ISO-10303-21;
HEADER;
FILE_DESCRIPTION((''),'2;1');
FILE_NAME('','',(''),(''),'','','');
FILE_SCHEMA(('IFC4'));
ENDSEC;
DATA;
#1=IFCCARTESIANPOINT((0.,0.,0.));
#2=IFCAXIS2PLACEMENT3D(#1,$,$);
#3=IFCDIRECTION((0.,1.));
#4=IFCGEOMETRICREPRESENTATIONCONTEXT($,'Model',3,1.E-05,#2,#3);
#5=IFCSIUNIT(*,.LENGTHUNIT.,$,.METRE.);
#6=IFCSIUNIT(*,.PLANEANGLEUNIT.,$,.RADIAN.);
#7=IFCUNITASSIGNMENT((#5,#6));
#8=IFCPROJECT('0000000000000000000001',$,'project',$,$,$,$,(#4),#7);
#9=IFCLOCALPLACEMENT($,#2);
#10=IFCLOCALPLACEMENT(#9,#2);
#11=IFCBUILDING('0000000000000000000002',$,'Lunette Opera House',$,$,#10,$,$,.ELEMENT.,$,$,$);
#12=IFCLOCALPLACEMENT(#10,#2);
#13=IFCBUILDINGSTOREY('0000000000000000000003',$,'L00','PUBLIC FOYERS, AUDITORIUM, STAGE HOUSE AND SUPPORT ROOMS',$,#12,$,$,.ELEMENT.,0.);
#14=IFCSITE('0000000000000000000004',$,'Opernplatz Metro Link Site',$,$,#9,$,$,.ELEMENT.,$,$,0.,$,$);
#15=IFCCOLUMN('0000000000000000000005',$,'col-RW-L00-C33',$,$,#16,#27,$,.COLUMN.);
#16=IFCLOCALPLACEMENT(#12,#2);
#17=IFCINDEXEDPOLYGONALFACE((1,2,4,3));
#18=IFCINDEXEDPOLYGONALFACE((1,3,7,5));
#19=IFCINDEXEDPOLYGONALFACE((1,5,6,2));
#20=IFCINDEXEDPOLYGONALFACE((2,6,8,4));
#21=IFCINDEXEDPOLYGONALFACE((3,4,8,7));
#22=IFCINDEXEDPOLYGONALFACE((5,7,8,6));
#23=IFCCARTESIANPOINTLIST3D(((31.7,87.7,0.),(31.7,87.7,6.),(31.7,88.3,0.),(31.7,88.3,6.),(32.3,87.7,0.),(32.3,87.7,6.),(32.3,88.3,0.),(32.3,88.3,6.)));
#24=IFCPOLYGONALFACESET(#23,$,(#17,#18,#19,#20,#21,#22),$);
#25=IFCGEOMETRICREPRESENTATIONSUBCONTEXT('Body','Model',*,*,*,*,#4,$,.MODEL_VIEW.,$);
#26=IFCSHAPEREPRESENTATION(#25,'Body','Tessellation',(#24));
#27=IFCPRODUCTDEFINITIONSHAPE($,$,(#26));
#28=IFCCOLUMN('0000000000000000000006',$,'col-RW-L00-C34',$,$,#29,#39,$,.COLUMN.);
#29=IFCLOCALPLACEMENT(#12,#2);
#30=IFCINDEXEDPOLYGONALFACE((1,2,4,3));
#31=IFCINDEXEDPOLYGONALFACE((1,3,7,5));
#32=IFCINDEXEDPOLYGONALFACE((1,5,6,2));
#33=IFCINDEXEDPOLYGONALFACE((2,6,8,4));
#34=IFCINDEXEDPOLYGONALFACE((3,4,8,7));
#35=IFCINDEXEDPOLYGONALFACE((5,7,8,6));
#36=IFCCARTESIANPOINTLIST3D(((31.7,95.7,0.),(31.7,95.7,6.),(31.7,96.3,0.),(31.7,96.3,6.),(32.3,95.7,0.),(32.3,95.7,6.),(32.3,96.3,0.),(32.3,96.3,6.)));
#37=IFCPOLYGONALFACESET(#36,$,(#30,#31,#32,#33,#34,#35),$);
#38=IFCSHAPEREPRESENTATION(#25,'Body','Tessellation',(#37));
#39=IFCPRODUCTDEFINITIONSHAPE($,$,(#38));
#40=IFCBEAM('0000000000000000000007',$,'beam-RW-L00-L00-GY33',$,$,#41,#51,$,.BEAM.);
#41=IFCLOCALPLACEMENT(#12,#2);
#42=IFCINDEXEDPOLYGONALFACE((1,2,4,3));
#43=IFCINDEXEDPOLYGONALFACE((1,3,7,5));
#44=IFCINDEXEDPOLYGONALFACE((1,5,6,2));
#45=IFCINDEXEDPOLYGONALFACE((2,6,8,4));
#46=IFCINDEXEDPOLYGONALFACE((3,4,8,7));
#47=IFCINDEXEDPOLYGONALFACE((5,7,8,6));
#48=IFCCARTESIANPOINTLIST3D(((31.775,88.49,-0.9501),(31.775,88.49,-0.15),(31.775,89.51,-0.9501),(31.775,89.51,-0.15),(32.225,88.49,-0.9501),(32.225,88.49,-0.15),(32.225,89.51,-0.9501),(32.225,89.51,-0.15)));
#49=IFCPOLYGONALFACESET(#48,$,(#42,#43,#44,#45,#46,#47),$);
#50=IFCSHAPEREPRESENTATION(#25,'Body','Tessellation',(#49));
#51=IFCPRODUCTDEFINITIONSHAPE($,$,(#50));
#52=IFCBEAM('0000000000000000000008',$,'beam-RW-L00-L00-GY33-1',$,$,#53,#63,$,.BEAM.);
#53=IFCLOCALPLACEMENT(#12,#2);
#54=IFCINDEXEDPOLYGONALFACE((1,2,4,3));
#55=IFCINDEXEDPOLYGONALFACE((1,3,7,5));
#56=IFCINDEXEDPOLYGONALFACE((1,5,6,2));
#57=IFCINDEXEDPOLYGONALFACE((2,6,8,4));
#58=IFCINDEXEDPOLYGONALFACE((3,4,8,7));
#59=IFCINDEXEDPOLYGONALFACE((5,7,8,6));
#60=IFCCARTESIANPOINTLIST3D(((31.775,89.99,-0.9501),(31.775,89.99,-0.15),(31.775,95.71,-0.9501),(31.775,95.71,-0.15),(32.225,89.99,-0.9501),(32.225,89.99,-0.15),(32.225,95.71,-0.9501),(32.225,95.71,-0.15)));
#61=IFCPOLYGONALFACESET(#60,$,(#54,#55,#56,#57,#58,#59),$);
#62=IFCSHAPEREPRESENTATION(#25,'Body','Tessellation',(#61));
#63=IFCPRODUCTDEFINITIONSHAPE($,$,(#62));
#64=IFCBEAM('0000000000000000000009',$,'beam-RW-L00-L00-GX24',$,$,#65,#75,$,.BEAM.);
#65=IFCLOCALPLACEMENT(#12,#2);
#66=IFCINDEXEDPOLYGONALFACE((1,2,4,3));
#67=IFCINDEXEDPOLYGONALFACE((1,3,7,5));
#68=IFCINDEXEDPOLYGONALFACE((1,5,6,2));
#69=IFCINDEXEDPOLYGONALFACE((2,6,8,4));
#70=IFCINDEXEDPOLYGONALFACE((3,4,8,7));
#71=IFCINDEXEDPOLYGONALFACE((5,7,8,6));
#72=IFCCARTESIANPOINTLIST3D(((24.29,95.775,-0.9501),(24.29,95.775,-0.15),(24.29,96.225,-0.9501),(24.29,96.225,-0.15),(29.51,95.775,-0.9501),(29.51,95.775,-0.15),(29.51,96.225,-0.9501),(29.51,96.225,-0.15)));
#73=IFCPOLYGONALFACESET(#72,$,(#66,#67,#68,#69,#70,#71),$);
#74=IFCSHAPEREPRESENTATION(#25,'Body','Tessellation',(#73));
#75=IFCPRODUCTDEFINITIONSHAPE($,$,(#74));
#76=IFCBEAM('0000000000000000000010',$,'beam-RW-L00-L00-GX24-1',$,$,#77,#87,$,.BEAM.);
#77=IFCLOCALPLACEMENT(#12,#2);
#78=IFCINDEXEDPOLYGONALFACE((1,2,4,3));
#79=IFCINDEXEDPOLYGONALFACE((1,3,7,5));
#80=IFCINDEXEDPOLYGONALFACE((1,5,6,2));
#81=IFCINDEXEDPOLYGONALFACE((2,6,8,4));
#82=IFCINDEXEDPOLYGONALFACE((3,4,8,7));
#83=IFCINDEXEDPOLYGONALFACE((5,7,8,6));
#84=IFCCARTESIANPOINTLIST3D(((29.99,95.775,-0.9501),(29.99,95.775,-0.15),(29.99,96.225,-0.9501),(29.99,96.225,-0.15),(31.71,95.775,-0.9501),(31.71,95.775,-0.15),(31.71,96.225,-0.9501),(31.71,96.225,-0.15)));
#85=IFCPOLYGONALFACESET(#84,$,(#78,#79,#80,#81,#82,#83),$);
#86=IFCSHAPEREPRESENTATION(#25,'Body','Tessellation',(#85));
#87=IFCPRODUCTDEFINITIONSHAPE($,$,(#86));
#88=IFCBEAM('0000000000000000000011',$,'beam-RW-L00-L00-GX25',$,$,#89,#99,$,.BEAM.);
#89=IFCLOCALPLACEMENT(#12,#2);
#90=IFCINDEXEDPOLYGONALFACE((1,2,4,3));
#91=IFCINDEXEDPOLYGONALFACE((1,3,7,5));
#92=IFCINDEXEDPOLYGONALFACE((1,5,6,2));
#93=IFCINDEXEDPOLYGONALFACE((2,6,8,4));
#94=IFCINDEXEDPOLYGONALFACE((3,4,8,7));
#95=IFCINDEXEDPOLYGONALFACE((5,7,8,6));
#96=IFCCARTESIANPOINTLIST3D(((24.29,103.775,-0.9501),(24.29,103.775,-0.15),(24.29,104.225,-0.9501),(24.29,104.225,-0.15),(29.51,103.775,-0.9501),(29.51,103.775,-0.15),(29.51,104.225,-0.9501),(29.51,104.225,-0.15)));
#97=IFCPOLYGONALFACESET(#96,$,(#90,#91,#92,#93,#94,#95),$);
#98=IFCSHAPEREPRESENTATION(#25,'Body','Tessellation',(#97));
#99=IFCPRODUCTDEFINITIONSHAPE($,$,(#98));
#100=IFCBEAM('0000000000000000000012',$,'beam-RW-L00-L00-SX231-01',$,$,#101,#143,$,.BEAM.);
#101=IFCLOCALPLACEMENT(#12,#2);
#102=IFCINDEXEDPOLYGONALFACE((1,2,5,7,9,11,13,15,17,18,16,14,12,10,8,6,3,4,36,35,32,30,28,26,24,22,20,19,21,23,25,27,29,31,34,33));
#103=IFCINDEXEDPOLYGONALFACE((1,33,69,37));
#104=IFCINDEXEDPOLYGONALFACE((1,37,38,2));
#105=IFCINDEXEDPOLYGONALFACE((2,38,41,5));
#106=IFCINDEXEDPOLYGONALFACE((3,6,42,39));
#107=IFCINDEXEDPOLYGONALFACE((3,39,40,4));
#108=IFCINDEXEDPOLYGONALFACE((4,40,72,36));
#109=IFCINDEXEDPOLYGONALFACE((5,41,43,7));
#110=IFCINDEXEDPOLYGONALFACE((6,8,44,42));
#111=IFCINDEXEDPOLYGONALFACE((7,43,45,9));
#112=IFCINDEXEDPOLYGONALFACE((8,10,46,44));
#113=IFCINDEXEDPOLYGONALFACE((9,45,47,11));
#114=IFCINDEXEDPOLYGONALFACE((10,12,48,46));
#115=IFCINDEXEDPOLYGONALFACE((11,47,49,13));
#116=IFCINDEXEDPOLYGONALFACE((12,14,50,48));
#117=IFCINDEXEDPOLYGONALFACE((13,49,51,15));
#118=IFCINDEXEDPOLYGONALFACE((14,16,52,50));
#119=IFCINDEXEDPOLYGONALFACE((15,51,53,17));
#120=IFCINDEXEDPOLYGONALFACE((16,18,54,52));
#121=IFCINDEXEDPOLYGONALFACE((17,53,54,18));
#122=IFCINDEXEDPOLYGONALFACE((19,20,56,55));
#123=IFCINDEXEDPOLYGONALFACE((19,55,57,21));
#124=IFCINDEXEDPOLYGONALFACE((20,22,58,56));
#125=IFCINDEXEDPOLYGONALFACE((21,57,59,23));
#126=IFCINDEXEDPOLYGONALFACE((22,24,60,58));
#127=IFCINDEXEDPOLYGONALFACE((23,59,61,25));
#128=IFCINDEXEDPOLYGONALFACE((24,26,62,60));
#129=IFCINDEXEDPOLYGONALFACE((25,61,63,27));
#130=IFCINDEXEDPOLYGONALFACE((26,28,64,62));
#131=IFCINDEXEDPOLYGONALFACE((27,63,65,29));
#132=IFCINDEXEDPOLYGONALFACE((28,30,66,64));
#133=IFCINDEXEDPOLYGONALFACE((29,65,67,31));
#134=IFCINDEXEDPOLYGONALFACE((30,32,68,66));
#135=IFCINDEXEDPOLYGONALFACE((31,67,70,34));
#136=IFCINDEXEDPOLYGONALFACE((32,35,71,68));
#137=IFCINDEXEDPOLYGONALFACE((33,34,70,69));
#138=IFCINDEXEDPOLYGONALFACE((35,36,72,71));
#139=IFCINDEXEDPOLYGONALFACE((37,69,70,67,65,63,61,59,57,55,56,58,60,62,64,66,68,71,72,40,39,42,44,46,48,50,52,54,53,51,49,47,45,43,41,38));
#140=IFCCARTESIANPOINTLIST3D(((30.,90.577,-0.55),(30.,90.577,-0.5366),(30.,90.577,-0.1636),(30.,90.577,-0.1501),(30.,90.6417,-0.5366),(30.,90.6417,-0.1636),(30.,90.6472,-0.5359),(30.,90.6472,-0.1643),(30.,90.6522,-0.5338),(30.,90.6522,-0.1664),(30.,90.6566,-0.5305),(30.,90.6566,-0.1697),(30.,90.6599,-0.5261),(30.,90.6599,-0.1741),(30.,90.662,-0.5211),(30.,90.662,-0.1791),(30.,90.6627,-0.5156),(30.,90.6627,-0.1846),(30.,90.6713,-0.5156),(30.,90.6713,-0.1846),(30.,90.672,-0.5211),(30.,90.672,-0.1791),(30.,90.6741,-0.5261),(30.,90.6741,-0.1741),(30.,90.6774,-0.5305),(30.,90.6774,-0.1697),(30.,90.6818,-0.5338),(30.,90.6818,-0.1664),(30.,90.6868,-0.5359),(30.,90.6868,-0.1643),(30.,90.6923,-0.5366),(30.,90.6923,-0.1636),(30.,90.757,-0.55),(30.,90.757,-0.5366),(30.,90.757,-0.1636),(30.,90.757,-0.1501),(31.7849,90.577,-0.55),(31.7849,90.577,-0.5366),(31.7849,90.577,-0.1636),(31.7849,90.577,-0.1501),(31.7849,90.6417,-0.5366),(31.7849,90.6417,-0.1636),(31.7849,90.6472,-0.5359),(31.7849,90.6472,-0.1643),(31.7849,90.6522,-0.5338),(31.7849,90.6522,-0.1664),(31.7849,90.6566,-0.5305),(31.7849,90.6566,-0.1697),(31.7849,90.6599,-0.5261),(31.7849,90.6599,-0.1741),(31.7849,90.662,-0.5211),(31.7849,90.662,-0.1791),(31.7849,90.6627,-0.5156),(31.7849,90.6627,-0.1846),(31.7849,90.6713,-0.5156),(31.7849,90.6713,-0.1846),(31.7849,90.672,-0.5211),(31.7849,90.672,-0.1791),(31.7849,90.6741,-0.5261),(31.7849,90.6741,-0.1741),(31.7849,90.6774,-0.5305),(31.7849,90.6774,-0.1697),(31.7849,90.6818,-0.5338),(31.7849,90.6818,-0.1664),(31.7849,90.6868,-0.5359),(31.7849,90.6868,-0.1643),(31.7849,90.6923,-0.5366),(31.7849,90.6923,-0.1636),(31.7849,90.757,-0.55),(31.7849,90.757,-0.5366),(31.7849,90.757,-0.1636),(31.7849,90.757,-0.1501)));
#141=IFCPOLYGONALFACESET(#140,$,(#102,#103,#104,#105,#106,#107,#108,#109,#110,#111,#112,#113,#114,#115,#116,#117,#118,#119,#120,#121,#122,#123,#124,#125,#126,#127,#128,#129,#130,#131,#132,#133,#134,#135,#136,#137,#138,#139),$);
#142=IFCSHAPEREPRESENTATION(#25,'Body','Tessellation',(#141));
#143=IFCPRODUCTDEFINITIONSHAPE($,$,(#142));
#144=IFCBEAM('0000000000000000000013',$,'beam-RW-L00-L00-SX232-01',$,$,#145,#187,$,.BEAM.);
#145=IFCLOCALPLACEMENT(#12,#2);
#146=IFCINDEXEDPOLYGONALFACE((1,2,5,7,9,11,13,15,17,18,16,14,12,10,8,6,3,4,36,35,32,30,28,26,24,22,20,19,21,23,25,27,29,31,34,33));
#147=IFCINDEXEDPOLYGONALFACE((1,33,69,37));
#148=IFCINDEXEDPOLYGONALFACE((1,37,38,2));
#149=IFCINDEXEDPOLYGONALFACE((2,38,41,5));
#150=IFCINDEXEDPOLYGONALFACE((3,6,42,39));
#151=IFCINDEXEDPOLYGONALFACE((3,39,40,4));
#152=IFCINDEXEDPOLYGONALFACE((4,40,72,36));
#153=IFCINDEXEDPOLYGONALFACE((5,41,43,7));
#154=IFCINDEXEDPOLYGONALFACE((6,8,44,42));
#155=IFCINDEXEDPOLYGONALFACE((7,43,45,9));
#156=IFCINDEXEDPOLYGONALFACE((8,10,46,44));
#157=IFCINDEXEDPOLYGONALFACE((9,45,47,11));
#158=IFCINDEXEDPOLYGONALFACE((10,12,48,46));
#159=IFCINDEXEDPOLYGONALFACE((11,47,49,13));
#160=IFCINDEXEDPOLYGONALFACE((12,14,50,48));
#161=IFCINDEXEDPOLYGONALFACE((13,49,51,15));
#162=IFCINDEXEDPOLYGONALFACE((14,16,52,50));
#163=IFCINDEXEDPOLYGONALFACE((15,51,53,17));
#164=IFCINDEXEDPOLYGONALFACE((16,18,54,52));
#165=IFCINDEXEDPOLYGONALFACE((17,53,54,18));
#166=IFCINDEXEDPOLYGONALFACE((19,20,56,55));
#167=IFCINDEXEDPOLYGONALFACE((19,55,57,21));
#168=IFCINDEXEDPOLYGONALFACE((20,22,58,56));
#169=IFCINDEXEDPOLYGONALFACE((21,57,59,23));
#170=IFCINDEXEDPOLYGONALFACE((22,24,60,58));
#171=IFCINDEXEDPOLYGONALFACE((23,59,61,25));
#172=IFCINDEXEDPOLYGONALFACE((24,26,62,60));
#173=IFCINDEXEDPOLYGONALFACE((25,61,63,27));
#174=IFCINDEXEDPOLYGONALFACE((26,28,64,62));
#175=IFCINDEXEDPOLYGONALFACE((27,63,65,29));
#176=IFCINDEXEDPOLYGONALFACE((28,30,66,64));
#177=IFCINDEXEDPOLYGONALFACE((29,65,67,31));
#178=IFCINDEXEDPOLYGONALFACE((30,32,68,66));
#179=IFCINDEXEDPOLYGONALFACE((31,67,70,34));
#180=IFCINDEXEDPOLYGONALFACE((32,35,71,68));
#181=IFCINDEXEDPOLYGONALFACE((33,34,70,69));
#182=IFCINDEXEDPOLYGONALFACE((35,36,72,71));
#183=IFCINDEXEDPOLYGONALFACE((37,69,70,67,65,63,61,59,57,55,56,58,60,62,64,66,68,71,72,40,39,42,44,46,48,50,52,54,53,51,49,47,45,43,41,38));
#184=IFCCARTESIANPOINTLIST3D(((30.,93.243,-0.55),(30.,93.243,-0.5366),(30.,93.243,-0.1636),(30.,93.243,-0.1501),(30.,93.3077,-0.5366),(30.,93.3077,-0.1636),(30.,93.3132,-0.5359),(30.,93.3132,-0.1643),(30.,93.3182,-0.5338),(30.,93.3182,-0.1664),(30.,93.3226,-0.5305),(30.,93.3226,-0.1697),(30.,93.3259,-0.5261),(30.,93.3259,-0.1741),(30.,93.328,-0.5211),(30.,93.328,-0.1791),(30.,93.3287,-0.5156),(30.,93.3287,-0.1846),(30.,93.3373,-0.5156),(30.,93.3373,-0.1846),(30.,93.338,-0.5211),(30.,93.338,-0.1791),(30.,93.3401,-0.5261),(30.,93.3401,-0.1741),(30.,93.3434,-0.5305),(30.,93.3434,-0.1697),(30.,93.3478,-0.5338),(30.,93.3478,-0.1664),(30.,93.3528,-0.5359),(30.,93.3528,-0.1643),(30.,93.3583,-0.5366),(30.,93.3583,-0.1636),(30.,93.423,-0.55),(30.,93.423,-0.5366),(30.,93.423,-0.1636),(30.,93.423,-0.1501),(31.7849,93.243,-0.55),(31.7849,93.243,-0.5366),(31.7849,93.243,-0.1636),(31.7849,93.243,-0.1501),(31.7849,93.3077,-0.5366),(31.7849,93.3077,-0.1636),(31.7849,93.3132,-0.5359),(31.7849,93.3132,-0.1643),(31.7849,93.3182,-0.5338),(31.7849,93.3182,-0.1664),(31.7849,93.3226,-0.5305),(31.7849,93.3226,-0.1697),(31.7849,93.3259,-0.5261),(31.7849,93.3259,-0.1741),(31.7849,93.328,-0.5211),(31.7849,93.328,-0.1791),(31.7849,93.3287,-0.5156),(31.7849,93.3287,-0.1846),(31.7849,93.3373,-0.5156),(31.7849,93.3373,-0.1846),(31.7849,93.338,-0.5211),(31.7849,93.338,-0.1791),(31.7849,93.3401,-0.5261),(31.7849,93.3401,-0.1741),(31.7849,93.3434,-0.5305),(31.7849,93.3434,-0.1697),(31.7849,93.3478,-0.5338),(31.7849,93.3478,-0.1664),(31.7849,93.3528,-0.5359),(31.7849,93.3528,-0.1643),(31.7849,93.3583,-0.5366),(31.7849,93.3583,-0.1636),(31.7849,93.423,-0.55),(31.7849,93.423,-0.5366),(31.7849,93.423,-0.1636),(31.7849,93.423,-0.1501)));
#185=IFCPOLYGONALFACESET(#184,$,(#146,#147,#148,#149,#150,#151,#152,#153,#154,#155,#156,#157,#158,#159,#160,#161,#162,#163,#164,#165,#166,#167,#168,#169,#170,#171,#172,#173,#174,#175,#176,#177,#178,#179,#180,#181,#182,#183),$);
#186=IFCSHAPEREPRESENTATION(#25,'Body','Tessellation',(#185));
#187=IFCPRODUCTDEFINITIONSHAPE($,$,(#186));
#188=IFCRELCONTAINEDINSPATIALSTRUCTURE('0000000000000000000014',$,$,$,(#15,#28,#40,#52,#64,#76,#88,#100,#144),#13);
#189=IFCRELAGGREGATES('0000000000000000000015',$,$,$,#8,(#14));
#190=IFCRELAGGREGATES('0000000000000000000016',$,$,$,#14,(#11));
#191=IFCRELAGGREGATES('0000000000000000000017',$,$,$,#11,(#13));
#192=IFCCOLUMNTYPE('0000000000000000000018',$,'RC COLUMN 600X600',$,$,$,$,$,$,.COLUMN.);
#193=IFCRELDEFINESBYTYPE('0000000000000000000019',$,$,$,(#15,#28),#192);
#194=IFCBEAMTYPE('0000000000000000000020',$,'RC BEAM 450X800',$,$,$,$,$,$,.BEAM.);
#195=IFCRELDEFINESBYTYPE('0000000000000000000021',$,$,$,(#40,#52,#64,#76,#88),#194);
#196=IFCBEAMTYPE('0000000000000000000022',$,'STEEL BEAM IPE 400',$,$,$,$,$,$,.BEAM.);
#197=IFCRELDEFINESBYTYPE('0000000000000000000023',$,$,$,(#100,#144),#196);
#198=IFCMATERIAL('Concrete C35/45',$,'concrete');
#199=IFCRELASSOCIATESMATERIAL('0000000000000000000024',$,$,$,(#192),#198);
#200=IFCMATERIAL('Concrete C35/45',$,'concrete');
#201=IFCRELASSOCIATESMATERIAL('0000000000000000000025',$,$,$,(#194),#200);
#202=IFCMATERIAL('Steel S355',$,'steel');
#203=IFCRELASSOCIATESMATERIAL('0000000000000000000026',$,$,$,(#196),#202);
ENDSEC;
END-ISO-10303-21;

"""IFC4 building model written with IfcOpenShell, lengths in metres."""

from ifc_helpers import new_model, si_unit, direction, frame, origin, origin_2d, place, context, subcontext, project, spatial, rectangle, i_section, extrude, material, material_profile, profile_set, type_object, element, save


model = new_model("IFC4")

# Units and contexts
model_context = context("Model", 3, precision=1e-05, world=origin(), true_north=direction((0.0, 1.0)))
body_context = subcontext(model_context, "Body", "Model", "MODEL_VIEW")
ifc_project = project(units=[si_unit("LENGTHUNIT", "METRE"), si_unit("PLANEANGLEUNIT", "RADIAN")], contexts=[model_context])

# Site, building, storey
site_placement = place(None, origin())
site = spatial("IfcSite", under=ifc_project, at=site_placement, Name="Opernplatz Metro Link Site", CompositionType="ELEMENT", RefElevation=0.0)
building_placement = place(site_placement, origin())
building = spatial("IfcBuilding", under=site, at=building_placement, Name="Lunette Opera House", CompositionType="ELEMENT")
storey_placement = place(building_placement, origin())
storey = spatial("IfcBuildingStorey", under=building, at=storey_placement, Name="L00", Description="PUBLIC FOYERS, AUDITORIUM, STAGE HOUSE AND SUPPORT ROOMS", CompositionType="ELEMENT", Elevation=0.0)

# Columns
ifc_material_1 = material(Name="Concrete C35/45", Category="concrete")
ifc_material_profile_1 = material_profile(ifc_material_1, rectangle(XDim=0.6001, YDim=0.6001, at=origin_2d()), Name="RC COLUMN 600X600")
ifc_profile_set_1 = profile_set([ifc_material_profile_1], Name="Concrete C35/45")
column_type = type_object("IfcColumnType", Name="RC COLUMN 600X600", PredefinedType="COLUMN", material=ifc_profile_set_1)
for number, where, z_axis, x_axis, name in (
    (1, (32.0, 88.0, 0.0), (0.0, 0.0, 1.0), (1.0, 0.0, 0.0), "col-RW-L00-C33"),
    (2, (32.0, 96.0, 0.0), (0.0, 0.0, 1.0), (1.0, 0.0, 0.0), "col-RW-L00-C34"),
):
    element("IfcColumn", number, at=place(storey_placement, frame(where, z_axis=z_axis, x_axis=x_axis)), inside=storey, type_object=column_type, Name=name, PredefinedType="COLUMN", context=body_context, shape_type="SweptSolid", body=[
        extrude(rectangle(XDim=0.6001, YDim=0.6001, at=origin_2d()), origin(), (0.0, 0.0, 1.0), 6.0),
    ])

# Beams
ifc_material_2 = material(Name="Concrete C35/45", Category="concrete")
ifc_material_profile_2 = material_profile(ifc_material_2, rectangle(XDim=0.45, YDim=0.8, at=origin_2d()), Name="RC BEAM 450X800")
ifc_profile_set_2 = profile_set([ifc_material_profile_2], Name="Concrete C35/45")
beam_type_1 = type_object("IfcBeamType", Name="RC BEAM 450X800", PredefinedType="BEAM", material=ifc_profile_set_2)
beam_1_placement = place(storey_placement, frame((32.0, 88.49, -0.55), z_axis=(0.0, 1.0, 0.0), x_axis=(-1.0, 0.0, 0.0)))
element("IfcBeam", 3, at=beam_1_placement, inside=storey, type_object=beam_type_1, Name="beam-RW-L00-L00-GY33", PredefinedType="BEAM", context=body_context, shape_type="SweptSolid", body=[
    extrude(rectangle(XDim=0.45, YDim=0.8, at=origin_2d()), origin(), (0.0, 0.0, 1.0), 1.02),
])
beam_2_placement = place(storey_placement, frame((32.0, 89.99, -0.55), z_axis=(0.0, 1.0, 0.0), x_axis=(-1.0, 0.0, 0.0)))
element("IfcBeam", 4, at=beam_2_placement, inside=storey, type_object=beam_type_1, Name="beam-RW-L00-L00-GY33-1", PredefinedType="BEAM", context=body_context, shape_type="SweptSolid", body=[
    extrude(rectangle(XDim=0.45, YDim=0.8, at=origin_2d()), origin(), (0.0, 0.0, 1.0), 5.72),
])
beam_3_placement = place(storey_placement, frame((24.29, 96.0, -0.55), z_axis=(1.0, 0.0, 0.0), x_axis=(0.0, 1.0, 0.0)))
element("IfcBeam", 5, at=beam_3_placement, inside=storey, type_object=beam_type_1, Name="beam-RW-L00-L00-GX24", PredefinedType="BEAM", context=body_context, shape_type="SweptSolid", body=[
    extrude(rectangle(XDim=0.45, YDim=0.8, at=origin_2d()), origin(), (0.0, 0.0, 1.0), 5.22),
])
beam_4_placement = place(storey_placement, frame((29.99, 96.0, -0.55), z_axis=(1.0, 0.0, 0.0), x_axis=(0.0, 1.0, 0.0)))
element("IfcBeam", 6, at=beam_4_placement, inside=storey, type_object=beam_type_1, Name="beam-RW-L00-L00-GX24-1", PredefinedType="BEAM", context=body_context, shape_type="SweptSolid", body=[
    extrude(rectangle(XDim=0.45, YDim=0.8, at=origin_2d()), origin(), (0.0, 0.0, 1.0), 1.72),
])
beam_5_placement = place(storey_placement, frame((24.29, 104.0, -0.55), z_axis=(1.0, 0.0, 0.0), x_axis=(0.0, 1.0, 0.0)))
element("IfcBeam", 7, at=beam_5_placement, inside=storey, type_object=beam_type_1, Name="beam-RW-L00-L00-GX25", PredefinedType="BEAM", context=body_context, shape_type="SweptSolid", body=[
    extrude(rectangle(XDim=0.45, YDim=0.8, at=origin_2d()), origin(), (0.0, 0.0, 1.0), 5.22),
])
ifc_material_3 = material(Name="Steel S355", Category="steel")
ifc_material_profile_3 = material_profile(ifc_material_3, i_section(OverallWidth=0.1799, OverallDepth=0.3999, WebThickness=0.0085, FlangeThickness=0.0134, FilletRadius=0.021, at=origin_2d()), Name="IPE 400")
ifc_profile_set_3 = profile_set([ifc_material_profile_3], Name="Steel S355")
beam_type_2 = type_object("IfcBeamType", Name="STEEL BEAM IPE 400", PredefinedType="BEAM", material=ifc_profile_set_3)
for number, where, z_axis, x_axis, name in (
    (8, (30.0, 90.667, -0.3501), (1.0, 0.0, 0.0), (0.0, 1.0, 0.0), "beam-RW-L00-L00-SX231-01"),
    (9, (30.0, 93.333, -0.3501), (1.0, 0.0, 0.0), (0.0, 1.0, 0.0), "beam-RW-L00-L00-SX232-01"),
):
    element("IfcBeam", number, at=place(storey_placement, frame(where, z_axis=z_axis, x_axis=x_axis)), inside=storey, type_object=beam_type_2, Name=name, PredefinedType="BEAM", context=body_context, shape_type="SweptSolid", body=[
        extrude(i_section(OverallWidth=0.1799, OverallDepth=0.3999, WebThickness=0.0085, FlangeThickness=0.0134, FilletRadius=0.021, at=origin_2d()), origin(), (0.0, 0.0, 1.0), 1.7849),
    ])

save(model, "model.ifc")
